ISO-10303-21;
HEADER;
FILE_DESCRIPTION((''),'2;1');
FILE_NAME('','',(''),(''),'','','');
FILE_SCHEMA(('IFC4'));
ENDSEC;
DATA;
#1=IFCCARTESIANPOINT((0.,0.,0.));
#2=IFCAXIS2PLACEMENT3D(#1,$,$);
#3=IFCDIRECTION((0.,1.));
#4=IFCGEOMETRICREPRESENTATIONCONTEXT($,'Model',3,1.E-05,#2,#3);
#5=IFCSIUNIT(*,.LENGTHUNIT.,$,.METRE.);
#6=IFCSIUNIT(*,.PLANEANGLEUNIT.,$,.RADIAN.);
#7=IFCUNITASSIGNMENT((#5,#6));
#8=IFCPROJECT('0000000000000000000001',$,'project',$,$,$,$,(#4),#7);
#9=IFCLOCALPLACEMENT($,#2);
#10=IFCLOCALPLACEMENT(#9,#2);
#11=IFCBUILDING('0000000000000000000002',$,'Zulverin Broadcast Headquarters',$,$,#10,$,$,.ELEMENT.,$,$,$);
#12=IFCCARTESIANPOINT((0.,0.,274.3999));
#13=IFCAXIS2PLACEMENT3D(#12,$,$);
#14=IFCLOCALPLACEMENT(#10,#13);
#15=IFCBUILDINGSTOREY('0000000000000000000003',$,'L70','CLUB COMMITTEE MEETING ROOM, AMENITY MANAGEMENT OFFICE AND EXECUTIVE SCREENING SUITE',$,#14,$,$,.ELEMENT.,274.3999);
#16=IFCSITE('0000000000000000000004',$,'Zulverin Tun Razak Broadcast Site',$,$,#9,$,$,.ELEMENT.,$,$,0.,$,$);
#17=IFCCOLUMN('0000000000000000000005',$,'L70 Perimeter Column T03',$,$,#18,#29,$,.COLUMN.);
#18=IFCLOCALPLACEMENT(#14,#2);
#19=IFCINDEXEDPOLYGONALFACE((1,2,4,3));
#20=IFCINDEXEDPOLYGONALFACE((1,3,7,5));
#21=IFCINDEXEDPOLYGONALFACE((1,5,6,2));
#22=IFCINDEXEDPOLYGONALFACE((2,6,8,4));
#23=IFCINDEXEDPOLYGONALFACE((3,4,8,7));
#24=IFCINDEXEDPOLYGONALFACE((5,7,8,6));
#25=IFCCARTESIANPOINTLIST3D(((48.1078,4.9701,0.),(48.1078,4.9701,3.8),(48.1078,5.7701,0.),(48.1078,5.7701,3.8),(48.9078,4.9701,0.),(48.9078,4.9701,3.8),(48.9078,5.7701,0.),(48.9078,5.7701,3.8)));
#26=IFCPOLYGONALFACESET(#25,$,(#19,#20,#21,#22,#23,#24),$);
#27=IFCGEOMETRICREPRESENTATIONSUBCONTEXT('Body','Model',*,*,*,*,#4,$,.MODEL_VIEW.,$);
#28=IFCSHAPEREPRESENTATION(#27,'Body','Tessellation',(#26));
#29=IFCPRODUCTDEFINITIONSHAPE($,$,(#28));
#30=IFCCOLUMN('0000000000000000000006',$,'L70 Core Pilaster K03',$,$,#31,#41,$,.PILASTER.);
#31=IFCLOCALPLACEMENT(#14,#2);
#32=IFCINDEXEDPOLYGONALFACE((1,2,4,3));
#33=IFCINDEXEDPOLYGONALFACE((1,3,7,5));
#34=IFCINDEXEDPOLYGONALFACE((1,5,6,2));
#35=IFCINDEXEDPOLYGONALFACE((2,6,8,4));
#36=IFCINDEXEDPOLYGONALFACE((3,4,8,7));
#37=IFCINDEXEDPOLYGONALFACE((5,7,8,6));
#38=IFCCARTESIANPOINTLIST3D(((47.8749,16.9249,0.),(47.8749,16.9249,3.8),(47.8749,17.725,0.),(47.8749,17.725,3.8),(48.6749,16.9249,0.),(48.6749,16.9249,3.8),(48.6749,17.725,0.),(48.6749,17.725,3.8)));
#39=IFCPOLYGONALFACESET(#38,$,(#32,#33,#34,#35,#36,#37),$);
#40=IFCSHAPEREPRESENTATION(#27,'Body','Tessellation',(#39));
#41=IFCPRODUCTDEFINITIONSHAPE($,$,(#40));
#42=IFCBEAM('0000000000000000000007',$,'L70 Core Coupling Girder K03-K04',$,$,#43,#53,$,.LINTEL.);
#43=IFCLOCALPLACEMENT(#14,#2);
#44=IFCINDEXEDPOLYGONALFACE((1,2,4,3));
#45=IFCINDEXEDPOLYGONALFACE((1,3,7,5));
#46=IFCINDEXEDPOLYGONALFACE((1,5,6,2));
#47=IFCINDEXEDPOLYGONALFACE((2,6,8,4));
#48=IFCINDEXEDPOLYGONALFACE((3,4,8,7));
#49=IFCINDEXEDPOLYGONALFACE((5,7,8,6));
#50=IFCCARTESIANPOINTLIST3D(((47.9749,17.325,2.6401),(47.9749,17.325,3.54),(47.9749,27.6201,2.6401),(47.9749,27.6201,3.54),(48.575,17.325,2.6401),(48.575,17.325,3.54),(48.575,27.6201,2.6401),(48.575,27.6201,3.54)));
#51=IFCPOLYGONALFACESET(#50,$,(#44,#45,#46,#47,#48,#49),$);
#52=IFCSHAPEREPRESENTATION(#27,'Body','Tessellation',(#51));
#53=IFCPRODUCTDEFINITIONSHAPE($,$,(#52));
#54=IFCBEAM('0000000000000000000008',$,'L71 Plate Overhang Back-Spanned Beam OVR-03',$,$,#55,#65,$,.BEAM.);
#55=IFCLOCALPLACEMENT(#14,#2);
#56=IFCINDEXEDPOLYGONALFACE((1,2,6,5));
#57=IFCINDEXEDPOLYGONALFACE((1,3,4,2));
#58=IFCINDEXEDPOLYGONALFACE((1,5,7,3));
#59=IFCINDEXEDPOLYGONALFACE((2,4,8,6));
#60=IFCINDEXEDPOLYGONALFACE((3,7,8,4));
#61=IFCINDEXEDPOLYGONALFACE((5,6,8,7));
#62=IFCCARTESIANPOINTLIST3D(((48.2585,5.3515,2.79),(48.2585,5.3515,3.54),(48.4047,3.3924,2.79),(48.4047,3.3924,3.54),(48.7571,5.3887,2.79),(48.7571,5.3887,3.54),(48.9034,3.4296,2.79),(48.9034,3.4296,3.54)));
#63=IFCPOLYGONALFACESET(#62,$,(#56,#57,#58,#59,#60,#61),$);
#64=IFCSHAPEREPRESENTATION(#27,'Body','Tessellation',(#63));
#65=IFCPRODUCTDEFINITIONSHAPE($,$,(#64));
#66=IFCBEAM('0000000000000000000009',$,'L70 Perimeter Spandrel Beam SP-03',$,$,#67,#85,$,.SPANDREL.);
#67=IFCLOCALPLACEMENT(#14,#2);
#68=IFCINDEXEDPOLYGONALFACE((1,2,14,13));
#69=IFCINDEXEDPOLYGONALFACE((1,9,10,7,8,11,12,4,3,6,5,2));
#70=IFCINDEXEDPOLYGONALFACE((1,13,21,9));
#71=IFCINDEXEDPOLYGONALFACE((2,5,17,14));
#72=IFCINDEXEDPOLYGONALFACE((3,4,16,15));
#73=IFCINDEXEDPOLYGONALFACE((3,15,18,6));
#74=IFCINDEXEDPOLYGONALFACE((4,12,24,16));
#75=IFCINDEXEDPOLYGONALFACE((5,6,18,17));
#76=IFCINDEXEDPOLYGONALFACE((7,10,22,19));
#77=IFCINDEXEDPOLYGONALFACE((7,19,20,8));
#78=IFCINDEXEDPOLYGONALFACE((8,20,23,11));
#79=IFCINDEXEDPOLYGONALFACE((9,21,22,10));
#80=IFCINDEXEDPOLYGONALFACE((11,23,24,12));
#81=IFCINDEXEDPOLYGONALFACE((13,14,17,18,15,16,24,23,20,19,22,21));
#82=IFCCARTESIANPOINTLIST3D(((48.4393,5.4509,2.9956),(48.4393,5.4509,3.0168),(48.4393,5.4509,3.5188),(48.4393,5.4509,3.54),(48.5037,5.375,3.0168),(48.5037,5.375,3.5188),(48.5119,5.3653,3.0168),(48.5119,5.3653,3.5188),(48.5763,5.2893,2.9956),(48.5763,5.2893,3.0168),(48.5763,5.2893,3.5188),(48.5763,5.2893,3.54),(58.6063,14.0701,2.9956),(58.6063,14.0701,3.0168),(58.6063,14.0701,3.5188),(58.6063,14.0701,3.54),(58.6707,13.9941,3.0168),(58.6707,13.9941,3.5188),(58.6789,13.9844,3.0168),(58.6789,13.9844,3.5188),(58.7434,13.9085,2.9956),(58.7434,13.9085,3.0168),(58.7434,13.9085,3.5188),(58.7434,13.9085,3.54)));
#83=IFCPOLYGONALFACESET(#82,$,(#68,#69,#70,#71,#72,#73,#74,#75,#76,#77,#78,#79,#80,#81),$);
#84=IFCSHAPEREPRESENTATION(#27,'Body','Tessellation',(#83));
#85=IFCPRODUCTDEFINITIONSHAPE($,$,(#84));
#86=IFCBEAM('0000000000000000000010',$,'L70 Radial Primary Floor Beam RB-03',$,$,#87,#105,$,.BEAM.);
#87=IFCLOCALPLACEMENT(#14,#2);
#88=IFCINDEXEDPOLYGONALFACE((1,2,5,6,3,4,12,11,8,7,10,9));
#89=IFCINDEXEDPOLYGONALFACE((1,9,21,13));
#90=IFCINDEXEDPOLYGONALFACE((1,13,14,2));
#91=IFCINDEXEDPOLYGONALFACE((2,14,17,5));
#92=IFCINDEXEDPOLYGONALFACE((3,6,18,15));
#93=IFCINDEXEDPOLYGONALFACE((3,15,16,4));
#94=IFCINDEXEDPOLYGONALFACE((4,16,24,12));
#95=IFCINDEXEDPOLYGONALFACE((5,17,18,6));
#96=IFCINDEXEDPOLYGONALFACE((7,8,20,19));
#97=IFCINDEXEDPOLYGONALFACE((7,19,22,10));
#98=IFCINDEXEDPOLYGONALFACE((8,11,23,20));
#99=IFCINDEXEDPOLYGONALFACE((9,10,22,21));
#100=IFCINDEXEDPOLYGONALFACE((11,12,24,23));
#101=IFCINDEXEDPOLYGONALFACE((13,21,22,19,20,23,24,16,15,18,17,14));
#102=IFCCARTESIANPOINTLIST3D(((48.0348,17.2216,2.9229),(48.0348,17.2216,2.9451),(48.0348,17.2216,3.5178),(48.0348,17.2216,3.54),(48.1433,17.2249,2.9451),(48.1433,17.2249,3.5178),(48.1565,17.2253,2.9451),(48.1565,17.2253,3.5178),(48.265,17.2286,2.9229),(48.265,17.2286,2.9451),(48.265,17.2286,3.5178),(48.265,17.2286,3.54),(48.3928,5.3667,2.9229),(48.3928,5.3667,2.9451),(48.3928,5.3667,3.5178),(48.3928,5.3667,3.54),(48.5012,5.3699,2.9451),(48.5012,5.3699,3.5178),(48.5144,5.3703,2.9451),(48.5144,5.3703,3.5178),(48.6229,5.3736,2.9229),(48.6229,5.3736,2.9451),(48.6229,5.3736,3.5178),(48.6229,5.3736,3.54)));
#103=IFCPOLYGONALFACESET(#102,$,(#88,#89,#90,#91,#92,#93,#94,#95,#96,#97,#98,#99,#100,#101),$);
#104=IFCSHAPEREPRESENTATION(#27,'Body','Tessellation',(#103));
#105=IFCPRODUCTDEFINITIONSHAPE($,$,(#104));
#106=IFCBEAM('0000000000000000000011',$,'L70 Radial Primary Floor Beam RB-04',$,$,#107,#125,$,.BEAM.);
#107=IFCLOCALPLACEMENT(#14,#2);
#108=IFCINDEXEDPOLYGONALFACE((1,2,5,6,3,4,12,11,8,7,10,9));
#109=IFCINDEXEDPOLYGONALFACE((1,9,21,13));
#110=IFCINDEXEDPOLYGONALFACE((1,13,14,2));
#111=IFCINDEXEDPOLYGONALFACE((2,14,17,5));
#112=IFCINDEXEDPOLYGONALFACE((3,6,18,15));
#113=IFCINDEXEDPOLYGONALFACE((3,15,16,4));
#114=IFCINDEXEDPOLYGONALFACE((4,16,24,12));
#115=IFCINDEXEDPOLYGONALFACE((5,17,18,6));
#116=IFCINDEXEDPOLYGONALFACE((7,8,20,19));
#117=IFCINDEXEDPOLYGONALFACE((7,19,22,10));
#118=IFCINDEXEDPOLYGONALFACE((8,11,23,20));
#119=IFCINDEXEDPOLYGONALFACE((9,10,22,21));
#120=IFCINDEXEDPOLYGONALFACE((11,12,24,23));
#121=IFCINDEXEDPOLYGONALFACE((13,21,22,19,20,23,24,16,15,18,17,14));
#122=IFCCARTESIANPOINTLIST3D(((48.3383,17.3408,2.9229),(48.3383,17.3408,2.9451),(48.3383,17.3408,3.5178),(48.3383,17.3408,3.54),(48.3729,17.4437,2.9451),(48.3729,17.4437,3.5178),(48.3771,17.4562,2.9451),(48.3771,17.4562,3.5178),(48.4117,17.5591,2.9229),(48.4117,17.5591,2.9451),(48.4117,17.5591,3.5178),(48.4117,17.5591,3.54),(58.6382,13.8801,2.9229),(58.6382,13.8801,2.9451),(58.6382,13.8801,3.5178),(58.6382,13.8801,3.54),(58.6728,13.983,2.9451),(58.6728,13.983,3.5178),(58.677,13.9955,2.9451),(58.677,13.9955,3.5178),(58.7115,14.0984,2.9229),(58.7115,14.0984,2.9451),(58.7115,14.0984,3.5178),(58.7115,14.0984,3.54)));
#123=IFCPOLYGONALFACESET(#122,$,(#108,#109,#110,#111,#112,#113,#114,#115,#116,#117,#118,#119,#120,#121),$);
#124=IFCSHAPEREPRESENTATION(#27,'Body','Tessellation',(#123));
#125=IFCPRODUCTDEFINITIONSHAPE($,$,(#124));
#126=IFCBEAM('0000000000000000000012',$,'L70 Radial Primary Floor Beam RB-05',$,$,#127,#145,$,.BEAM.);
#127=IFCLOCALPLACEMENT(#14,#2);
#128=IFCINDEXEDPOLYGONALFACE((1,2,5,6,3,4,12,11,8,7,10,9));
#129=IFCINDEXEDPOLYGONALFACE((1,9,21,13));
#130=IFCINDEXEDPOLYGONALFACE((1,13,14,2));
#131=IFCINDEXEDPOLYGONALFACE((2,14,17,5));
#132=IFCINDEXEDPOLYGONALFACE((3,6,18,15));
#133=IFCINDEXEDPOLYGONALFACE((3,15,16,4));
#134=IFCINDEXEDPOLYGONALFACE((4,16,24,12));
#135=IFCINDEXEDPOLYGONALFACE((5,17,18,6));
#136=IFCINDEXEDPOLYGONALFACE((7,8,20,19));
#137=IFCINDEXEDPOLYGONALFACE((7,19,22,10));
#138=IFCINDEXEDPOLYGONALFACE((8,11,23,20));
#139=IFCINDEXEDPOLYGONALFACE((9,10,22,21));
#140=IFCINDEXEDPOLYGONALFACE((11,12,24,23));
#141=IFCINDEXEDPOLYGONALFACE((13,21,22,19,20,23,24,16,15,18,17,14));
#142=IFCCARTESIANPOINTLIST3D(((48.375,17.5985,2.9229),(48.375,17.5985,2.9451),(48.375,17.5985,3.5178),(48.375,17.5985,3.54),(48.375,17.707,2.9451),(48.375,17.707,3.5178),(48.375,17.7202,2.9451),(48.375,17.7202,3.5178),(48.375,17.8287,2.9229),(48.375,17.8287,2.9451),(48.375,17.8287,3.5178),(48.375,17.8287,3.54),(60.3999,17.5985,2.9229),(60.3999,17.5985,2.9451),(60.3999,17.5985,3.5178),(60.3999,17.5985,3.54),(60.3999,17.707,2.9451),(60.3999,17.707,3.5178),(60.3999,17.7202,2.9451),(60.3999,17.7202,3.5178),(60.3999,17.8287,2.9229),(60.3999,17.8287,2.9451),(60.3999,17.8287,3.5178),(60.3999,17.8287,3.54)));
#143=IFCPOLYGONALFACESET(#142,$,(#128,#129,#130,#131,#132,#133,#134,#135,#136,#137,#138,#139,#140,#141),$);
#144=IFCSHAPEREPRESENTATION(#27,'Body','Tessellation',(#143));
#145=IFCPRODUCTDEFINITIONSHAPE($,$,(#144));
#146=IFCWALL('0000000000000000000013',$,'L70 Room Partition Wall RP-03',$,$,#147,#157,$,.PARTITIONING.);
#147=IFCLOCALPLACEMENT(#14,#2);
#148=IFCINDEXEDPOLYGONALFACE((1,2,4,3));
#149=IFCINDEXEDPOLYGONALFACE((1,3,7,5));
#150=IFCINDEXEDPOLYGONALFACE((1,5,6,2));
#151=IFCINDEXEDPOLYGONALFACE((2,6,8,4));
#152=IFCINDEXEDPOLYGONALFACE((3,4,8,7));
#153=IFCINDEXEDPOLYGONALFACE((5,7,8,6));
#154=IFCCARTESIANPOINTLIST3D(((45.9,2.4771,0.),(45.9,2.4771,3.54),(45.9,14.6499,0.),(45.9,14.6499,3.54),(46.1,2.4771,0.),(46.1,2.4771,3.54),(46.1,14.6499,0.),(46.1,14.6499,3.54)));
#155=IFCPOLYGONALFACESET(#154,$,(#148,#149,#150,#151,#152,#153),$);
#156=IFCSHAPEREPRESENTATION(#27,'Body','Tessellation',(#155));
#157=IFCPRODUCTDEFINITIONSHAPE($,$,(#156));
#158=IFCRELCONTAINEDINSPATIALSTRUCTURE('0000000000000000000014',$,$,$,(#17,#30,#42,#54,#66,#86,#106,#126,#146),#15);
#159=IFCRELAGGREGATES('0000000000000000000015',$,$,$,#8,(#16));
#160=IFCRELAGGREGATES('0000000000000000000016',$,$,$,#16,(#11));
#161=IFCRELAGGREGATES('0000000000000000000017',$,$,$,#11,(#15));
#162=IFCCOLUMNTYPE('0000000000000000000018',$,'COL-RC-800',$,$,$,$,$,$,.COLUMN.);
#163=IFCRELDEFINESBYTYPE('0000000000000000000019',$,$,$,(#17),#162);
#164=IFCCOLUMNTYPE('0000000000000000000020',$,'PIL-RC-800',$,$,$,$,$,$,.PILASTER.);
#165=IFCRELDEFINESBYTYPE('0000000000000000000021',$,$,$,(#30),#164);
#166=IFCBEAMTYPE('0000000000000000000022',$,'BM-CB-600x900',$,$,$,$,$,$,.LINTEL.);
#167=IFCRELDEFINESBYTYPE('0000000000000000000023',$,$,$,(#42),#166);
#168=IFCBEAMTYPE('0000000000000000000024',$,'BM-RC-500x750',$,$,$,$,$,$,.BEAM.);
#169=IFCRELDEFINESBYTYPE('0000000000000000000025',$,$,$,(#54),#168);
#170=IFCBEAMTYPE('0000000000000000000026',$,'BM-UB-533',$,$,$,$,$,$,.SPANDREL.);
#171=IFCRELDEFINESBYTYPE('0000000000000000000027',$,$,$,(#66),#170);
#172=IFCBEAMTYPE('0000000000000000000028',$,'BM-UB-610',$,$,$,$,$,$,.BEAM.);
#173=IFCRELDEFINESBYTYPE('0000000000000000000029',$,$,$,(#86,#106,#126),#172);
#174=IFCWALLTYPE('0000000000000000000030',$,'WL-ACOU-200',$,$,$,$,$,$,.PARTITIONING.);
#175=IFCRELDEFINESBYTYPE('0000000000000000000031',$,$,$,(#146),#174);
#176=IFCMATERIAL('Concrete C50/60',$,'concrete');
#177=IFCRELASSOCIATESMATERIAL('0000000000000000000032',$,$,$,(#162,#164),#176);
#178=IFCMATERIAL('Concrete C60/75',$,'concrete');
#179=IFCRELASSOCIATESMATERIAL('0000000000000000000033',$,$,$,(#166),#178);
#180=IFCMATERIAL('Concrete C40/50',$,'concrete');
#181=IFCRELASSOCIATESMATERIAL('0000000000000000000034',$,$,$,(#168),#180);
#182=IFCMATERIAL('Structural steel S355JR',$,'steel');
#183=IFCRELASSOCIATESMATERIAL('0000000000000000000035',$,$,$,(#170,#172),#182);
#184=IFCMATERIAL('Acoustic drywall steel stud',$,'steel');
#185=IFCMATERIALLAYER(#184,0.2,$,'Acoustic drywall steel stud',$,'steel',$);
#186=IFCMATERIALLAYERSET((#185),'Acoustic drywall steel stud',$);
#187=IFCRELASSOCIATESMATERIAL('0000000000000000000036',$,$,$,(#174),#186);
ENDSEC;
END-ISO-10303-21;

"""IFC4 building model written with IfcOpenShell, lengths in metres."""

from ifc_helpers import new_model, si_unit, direction, frame, frame_2d, origin, origin_2d, place, context, subcontext, project, spatial, rectangle, i_section, extrude, material, layer, layer_set, material_profile, profile_set, type_object, element, save


model = new_model("IFC4")

# Units and contexts
model_context = context("Model", 3, precision=1e-05, world=origin(), true_north=direction((0.0, 1.0)))
body_context = subcontext(model_context, "Body", "Model", "MODEL_VIEW")
ifc_project = project(units=[si_unit("LENGTHUNIT", "METRE"), si_unit("PLANEANGLEUNIT", "RADIAN")], contexts=[model_context])

# Site, building, storey
site_placement = place(None, origin())
site = spatial("IfcSite", under=ifc_project, at=site_placement, Name="Zulverin Tun Razak Broadcast Site", CompositionType="ELEMENT", RefElevation=0.0)
building_placement = place(site_placement, origin())
building = spatial("IfcBuilding", under=site, at=building_placement, Name="Zulverin Broadcast Headquarters", CompositionType="ELEMENT")
storey_placement = place(building_placement, frame((0.0, 0.0, 274.3999)))
storey = spatial("IfcBuildingStorey", under=building, at=storey_placement, Name="L70", Description="CLUB COMMITTEE MEETING ROOM, AMENITY MANAGEMENT OFFICE AND EXECUTIVE SCREENING SUITE", CompositionType="ELEMENT", Elevation=274.3999)

# Columns
ifc_material_1 = material(Name="Concrete C50/60", Category="concrete")
ifc_material_profile_1 = material_profile(ifc_material_1, rectangle(XDim=0.8, YDim=0.8, at=origin_2d()), Name="Concrete C50/60", Category="concrete")
ifc_profile_set_1 = profile_set([ifc_material_profile_1], Name="Concrete C50/60")
column_type_1 = type_object("IfcColumnType", Name="COL-RC-800", PredefinedType="COLUMN", material=ifc_profile_set_1)
column_1_placement = place(storey_placement, frame((48.5078, 5.3701, 0.0), z_axis=(0.0, 0.0, 1.0), x_axis=(1.0, 0.0, 0.0)))
element("IfcColumn", 1, at=column_1_placement, inside=storey, type_object=column_type_1, Name="L70 Perimeter Column T03", PredefinedType="COLUMN", context=body_context, shape_type="SweptSolid", body=[
    extrude(rectangle(XDim=0.8, YDim=0.8, at=origin_2d()), origin(), (0.0, 0.0, 1.0), 3.8),
])
ifc_material_profile_2 = material_profile(ifc_material_1, rectangle(XDim=0.8, YDim=0.8, at=origin_2d()), Name="Concrete C50/60", Category="concrete")
ifc_profile_set_2 = profile_set([ifc_material_profile_2], Name="Concrete C50/60")
column_type_2 = type_object("IfcColumnType", Name="PIL-RC-800", PredefinedType="PILASTER", material=ifc_profile_set_2)
column_2_placement = place(storey_placement, frame((48.2749, 17.325, 0.0), z_axis=(0.0, 0.0, 1.0), x_axis=(1.0, 0.0, 0.0)))
element("IfcColumn", 2, at=column_2_placement, inside=storey, type_object=column_type_2, Name="L70 Core Pilaster K03", PredefinedType="PILASTER", context=body_context, shape_type="SweptSolid", body=[
    extrude(rectangle(XDim=0.8, YDim=0.8, at=origin_2d()), origin(), (0.0, 0.0, 1.0), 3.8),
])

# Beams
ifc_material_2 = material(Name="Concrete C60/75", Category="concrete")
ifc_material_profile_3 = material_profile(ifc_material_2, rectangle(XDim=0.6001, YDim=0.8999, at=origin_2d()), Name="Concrete C60/75", Category="concrete")
ifc_profile_set_3 = profile_set([ifc_material_profile_3], Name="Concrete C60/75")
beam_type_1 = type_object("IfcBeamType", Name="BM-CB-600x900", PredefinedType="LINTEL", material=ifc_profile_set_3)
beam_1_placement = place(storey_placement, frame((48.2749, 17.325, 3.0901), z_axis=(0.0, 1.0, 0.0), x_axis=(-1.0, 0.0, 0.0)))
element("IfcBeam", 3, at=beam_1_placement, inside=storey, type_object=beam_type_1, Name="L70 Core Coupling Girder K03-K04", PredefinedType="LINTEL", context=body_context, shape_type="SweptSolid", body=[
    extrude(rectangle(XDim=0.6001, YDim=0.8999, at=origin_2d()), origin(), (0.0, 0.0, 1.0), 10.2952),
])
ifc_material_3 = material(Name="Concrete C40/50", Category="concrete")
ifc_material_profile_4 = material_profile(ifc_material_3, rectangle(XDim=0.5, YDim=0.75, at=origin_2d()), Name="Concrete C40/50", Category="concrete")
ifc_profile_set_4 = profile_set([ifc_material_profile_4], Name="Concrete C40/50")
beam_type_2 = type_object("IfcBeamType", Name="BM-RC-500x750", PredefinedType="BEAM", material=ifc_profile_set_4)
beam_2_placement = place(storey_placement, frame((48.5078, 5.3701, 3.165), z_axis=(0.074435, -0.997226, 0.0), x_axis=(0.997226, 0.074435, 0.0)))
element("IfcBeam", 4, at=beam_2_placement, inside=storey, type_object=beam_type_2, Name="L71 Plate Overhang Back-Spanned Beam OVR-03", PredefinedType="BEAM", context=body_context, shape_type="SweptSolid", body=[
    extrude(rectangle(XDim=0.5, YDim=0.75, at=origin_2d()), origin(), (0.0, 0.0, 1.0), 1.9646),
])
ifc_material_4 = material(Name="Structural steel S355JR", Category="steel")
ifc_material_profile_5 = material_profile(ifc_material_4, i_section(OverallWidth=0.2119, OverallDepth=0.5444, WebThickness=0.0127, FlangeThickness=0.0212, at=origin_2d()), Name="Structural steel S355JR", Category="steel")
ifc_profile_set_5 = profile_set([ifc_material_profile_5], Name="Structural steel S355JR")
beam_type_3 = type_object("IfcBeamType", Name="BM-UB-533", PredefinedType="SPANDREL", material=ifc_profile_set_5)
beam_3_placement = place(storey_placement, frame((48.5078, 5.3701, 3.2678), z_axis=(0.762783, 0.646655, 0.0), x_axis=(-0.646655, 0.762783, 0.0)))
element("IfcBeam", 5, at=beam_3_placement, inside=storey, type_object=beam_type_3, Name="L70 Perimeter Spandrel Beam SP-03", PredefinedType="SPANDREL", context=body_context, shape_type="SweptSolid", body=[
    extrude(i_section(OverallWidth=0.2119, OverallDepth=0.5444, WebThickness=0.0127, FlangeThickness=0.0212, at=origin_2d()), origin(), (0.0, 0.0, 1.0), 13.3289),
])
ifc_material_profile_6 = material_profile(ifc_material_4, i_section(OverallWidth=0.2302, OverallDepth=0.6172, WebThickness=0.0132, FlangeThickness=0.0222, at=origin_2d()), Name="Structural steel S355JR", Category="steel")
ifc_profile_set_6 = profile_set([ifc_material_profile_6], Name="Structural steel S355JR")
beam_type_4 = type_object("IfcBeamType", Name="BM-UB-610", PredefinedType="BEAM", material=ifc_profile_set_6)
beam_4_placement = place(storey_placement, frame((48.1499, 17.2251, 3.2314), z_axis=(0.030177, -0.999545, 0.0), x_axis=(0.999545, 0.030177, 0.0)))
element("IfcBeam", 6, at=beam_4_placement, inside=storey, type_object=beam_type_4, Name="L70 Radial Primary Floor Beam RB-03", PredefinedType="BEAM", context=body_context, shape_type="SweptSolid", body=[
    extrude(i_section(OverallWidth=0.2302, OverallDepth=0.6172, WebThickness=0.0132, FlangeThickness=0.0222, at=origin_2d()), origin(), (0.0, 0.0, 1.0), 11.8604),
])
beam_5_placement = place(storey_placement, frame((48.375, 17.45, 3.2314), z_axis=(0.947923, -0.318498, 0.0), x_axis=(0.318498, 0.947923, 0.0)))
element("IfcBeam", 7, at=beam_5_placement, inside=storey, type_object=beam_type_4, Name="L70 Radial Primary Floor Beam RB-04", PredefinedType="BEAM", context=body_context, shape_type="SweptSolid", body=[
    extrude(i_section(OverallWidth=0.2302, OverallDepth=0.6172, WebThickness=0.0132, FlangeThickness=0.0222, at=origin_2d()), origin(), (0.0, 0.0, 1.0), 10.8657),
])
beam_6_placement = place(storey_placement, frame((48.375, 17.7136, 3.2314), z_axis=(1.0, 0.0, 0.0), x_axis=(0.0, 1.0, 0.0)))
element("IfcBeam", 8, at=beam_6_placement, inside=storey, type_object=beam_type_4, Name="L70 Radial Primary Floor Beam RB-05", PredefinedType="BEAM", context=body_context, shape_type="SweptSolid", body=[
    extrude(i_section(OverallWidth=0.2302, OverallDepth=0.6172, WebThickness=0.0132, FlangeThickness=0.0222, at=origin_2d()), origin(), (0.0, 0.0, 1.0), 12.0249),
])

# Wall
ifc_material_5 = material(Name="Acoustic drywall steel stud", Category="steel")
ifc_layer_1 = layer(ifc_material_5, 0.2, Name="Acoustic drywall steel stud", Category="steel")
ifc_layer_set_1 = layer_set([ifc_layer_1], Name="Acoustic drywall steel stud")
wall_type_1 = type_object("IfcWallType", Name="WL-ACOU-200", PredefinedType="PARTITIONING", material=ifc_layer_set_1)
wall_1_placement = place(storey_placement, frame((46.0, 2.4771, 0.0), z_axis=(0.0, 0.0, 1.0), x_axis=(0.0, 1.0, 0.0)))
element("IfcWall", 9, at=wall_1_placement, inside=storey, type_object=wall_type_1, Name="L70 Room Partition Wall RP-03", PredefinedType="PARTITIONING", context=body_context, shape_type="SweptSolid", body=[
    extrude(rectangle(XDim=12.1729, YDim=0.2, at=frame_2d((6.0864, 0.0))), origin(), (0.0, 0.0, 1.0), 3.54),
])

save(model, "model.ifc")
